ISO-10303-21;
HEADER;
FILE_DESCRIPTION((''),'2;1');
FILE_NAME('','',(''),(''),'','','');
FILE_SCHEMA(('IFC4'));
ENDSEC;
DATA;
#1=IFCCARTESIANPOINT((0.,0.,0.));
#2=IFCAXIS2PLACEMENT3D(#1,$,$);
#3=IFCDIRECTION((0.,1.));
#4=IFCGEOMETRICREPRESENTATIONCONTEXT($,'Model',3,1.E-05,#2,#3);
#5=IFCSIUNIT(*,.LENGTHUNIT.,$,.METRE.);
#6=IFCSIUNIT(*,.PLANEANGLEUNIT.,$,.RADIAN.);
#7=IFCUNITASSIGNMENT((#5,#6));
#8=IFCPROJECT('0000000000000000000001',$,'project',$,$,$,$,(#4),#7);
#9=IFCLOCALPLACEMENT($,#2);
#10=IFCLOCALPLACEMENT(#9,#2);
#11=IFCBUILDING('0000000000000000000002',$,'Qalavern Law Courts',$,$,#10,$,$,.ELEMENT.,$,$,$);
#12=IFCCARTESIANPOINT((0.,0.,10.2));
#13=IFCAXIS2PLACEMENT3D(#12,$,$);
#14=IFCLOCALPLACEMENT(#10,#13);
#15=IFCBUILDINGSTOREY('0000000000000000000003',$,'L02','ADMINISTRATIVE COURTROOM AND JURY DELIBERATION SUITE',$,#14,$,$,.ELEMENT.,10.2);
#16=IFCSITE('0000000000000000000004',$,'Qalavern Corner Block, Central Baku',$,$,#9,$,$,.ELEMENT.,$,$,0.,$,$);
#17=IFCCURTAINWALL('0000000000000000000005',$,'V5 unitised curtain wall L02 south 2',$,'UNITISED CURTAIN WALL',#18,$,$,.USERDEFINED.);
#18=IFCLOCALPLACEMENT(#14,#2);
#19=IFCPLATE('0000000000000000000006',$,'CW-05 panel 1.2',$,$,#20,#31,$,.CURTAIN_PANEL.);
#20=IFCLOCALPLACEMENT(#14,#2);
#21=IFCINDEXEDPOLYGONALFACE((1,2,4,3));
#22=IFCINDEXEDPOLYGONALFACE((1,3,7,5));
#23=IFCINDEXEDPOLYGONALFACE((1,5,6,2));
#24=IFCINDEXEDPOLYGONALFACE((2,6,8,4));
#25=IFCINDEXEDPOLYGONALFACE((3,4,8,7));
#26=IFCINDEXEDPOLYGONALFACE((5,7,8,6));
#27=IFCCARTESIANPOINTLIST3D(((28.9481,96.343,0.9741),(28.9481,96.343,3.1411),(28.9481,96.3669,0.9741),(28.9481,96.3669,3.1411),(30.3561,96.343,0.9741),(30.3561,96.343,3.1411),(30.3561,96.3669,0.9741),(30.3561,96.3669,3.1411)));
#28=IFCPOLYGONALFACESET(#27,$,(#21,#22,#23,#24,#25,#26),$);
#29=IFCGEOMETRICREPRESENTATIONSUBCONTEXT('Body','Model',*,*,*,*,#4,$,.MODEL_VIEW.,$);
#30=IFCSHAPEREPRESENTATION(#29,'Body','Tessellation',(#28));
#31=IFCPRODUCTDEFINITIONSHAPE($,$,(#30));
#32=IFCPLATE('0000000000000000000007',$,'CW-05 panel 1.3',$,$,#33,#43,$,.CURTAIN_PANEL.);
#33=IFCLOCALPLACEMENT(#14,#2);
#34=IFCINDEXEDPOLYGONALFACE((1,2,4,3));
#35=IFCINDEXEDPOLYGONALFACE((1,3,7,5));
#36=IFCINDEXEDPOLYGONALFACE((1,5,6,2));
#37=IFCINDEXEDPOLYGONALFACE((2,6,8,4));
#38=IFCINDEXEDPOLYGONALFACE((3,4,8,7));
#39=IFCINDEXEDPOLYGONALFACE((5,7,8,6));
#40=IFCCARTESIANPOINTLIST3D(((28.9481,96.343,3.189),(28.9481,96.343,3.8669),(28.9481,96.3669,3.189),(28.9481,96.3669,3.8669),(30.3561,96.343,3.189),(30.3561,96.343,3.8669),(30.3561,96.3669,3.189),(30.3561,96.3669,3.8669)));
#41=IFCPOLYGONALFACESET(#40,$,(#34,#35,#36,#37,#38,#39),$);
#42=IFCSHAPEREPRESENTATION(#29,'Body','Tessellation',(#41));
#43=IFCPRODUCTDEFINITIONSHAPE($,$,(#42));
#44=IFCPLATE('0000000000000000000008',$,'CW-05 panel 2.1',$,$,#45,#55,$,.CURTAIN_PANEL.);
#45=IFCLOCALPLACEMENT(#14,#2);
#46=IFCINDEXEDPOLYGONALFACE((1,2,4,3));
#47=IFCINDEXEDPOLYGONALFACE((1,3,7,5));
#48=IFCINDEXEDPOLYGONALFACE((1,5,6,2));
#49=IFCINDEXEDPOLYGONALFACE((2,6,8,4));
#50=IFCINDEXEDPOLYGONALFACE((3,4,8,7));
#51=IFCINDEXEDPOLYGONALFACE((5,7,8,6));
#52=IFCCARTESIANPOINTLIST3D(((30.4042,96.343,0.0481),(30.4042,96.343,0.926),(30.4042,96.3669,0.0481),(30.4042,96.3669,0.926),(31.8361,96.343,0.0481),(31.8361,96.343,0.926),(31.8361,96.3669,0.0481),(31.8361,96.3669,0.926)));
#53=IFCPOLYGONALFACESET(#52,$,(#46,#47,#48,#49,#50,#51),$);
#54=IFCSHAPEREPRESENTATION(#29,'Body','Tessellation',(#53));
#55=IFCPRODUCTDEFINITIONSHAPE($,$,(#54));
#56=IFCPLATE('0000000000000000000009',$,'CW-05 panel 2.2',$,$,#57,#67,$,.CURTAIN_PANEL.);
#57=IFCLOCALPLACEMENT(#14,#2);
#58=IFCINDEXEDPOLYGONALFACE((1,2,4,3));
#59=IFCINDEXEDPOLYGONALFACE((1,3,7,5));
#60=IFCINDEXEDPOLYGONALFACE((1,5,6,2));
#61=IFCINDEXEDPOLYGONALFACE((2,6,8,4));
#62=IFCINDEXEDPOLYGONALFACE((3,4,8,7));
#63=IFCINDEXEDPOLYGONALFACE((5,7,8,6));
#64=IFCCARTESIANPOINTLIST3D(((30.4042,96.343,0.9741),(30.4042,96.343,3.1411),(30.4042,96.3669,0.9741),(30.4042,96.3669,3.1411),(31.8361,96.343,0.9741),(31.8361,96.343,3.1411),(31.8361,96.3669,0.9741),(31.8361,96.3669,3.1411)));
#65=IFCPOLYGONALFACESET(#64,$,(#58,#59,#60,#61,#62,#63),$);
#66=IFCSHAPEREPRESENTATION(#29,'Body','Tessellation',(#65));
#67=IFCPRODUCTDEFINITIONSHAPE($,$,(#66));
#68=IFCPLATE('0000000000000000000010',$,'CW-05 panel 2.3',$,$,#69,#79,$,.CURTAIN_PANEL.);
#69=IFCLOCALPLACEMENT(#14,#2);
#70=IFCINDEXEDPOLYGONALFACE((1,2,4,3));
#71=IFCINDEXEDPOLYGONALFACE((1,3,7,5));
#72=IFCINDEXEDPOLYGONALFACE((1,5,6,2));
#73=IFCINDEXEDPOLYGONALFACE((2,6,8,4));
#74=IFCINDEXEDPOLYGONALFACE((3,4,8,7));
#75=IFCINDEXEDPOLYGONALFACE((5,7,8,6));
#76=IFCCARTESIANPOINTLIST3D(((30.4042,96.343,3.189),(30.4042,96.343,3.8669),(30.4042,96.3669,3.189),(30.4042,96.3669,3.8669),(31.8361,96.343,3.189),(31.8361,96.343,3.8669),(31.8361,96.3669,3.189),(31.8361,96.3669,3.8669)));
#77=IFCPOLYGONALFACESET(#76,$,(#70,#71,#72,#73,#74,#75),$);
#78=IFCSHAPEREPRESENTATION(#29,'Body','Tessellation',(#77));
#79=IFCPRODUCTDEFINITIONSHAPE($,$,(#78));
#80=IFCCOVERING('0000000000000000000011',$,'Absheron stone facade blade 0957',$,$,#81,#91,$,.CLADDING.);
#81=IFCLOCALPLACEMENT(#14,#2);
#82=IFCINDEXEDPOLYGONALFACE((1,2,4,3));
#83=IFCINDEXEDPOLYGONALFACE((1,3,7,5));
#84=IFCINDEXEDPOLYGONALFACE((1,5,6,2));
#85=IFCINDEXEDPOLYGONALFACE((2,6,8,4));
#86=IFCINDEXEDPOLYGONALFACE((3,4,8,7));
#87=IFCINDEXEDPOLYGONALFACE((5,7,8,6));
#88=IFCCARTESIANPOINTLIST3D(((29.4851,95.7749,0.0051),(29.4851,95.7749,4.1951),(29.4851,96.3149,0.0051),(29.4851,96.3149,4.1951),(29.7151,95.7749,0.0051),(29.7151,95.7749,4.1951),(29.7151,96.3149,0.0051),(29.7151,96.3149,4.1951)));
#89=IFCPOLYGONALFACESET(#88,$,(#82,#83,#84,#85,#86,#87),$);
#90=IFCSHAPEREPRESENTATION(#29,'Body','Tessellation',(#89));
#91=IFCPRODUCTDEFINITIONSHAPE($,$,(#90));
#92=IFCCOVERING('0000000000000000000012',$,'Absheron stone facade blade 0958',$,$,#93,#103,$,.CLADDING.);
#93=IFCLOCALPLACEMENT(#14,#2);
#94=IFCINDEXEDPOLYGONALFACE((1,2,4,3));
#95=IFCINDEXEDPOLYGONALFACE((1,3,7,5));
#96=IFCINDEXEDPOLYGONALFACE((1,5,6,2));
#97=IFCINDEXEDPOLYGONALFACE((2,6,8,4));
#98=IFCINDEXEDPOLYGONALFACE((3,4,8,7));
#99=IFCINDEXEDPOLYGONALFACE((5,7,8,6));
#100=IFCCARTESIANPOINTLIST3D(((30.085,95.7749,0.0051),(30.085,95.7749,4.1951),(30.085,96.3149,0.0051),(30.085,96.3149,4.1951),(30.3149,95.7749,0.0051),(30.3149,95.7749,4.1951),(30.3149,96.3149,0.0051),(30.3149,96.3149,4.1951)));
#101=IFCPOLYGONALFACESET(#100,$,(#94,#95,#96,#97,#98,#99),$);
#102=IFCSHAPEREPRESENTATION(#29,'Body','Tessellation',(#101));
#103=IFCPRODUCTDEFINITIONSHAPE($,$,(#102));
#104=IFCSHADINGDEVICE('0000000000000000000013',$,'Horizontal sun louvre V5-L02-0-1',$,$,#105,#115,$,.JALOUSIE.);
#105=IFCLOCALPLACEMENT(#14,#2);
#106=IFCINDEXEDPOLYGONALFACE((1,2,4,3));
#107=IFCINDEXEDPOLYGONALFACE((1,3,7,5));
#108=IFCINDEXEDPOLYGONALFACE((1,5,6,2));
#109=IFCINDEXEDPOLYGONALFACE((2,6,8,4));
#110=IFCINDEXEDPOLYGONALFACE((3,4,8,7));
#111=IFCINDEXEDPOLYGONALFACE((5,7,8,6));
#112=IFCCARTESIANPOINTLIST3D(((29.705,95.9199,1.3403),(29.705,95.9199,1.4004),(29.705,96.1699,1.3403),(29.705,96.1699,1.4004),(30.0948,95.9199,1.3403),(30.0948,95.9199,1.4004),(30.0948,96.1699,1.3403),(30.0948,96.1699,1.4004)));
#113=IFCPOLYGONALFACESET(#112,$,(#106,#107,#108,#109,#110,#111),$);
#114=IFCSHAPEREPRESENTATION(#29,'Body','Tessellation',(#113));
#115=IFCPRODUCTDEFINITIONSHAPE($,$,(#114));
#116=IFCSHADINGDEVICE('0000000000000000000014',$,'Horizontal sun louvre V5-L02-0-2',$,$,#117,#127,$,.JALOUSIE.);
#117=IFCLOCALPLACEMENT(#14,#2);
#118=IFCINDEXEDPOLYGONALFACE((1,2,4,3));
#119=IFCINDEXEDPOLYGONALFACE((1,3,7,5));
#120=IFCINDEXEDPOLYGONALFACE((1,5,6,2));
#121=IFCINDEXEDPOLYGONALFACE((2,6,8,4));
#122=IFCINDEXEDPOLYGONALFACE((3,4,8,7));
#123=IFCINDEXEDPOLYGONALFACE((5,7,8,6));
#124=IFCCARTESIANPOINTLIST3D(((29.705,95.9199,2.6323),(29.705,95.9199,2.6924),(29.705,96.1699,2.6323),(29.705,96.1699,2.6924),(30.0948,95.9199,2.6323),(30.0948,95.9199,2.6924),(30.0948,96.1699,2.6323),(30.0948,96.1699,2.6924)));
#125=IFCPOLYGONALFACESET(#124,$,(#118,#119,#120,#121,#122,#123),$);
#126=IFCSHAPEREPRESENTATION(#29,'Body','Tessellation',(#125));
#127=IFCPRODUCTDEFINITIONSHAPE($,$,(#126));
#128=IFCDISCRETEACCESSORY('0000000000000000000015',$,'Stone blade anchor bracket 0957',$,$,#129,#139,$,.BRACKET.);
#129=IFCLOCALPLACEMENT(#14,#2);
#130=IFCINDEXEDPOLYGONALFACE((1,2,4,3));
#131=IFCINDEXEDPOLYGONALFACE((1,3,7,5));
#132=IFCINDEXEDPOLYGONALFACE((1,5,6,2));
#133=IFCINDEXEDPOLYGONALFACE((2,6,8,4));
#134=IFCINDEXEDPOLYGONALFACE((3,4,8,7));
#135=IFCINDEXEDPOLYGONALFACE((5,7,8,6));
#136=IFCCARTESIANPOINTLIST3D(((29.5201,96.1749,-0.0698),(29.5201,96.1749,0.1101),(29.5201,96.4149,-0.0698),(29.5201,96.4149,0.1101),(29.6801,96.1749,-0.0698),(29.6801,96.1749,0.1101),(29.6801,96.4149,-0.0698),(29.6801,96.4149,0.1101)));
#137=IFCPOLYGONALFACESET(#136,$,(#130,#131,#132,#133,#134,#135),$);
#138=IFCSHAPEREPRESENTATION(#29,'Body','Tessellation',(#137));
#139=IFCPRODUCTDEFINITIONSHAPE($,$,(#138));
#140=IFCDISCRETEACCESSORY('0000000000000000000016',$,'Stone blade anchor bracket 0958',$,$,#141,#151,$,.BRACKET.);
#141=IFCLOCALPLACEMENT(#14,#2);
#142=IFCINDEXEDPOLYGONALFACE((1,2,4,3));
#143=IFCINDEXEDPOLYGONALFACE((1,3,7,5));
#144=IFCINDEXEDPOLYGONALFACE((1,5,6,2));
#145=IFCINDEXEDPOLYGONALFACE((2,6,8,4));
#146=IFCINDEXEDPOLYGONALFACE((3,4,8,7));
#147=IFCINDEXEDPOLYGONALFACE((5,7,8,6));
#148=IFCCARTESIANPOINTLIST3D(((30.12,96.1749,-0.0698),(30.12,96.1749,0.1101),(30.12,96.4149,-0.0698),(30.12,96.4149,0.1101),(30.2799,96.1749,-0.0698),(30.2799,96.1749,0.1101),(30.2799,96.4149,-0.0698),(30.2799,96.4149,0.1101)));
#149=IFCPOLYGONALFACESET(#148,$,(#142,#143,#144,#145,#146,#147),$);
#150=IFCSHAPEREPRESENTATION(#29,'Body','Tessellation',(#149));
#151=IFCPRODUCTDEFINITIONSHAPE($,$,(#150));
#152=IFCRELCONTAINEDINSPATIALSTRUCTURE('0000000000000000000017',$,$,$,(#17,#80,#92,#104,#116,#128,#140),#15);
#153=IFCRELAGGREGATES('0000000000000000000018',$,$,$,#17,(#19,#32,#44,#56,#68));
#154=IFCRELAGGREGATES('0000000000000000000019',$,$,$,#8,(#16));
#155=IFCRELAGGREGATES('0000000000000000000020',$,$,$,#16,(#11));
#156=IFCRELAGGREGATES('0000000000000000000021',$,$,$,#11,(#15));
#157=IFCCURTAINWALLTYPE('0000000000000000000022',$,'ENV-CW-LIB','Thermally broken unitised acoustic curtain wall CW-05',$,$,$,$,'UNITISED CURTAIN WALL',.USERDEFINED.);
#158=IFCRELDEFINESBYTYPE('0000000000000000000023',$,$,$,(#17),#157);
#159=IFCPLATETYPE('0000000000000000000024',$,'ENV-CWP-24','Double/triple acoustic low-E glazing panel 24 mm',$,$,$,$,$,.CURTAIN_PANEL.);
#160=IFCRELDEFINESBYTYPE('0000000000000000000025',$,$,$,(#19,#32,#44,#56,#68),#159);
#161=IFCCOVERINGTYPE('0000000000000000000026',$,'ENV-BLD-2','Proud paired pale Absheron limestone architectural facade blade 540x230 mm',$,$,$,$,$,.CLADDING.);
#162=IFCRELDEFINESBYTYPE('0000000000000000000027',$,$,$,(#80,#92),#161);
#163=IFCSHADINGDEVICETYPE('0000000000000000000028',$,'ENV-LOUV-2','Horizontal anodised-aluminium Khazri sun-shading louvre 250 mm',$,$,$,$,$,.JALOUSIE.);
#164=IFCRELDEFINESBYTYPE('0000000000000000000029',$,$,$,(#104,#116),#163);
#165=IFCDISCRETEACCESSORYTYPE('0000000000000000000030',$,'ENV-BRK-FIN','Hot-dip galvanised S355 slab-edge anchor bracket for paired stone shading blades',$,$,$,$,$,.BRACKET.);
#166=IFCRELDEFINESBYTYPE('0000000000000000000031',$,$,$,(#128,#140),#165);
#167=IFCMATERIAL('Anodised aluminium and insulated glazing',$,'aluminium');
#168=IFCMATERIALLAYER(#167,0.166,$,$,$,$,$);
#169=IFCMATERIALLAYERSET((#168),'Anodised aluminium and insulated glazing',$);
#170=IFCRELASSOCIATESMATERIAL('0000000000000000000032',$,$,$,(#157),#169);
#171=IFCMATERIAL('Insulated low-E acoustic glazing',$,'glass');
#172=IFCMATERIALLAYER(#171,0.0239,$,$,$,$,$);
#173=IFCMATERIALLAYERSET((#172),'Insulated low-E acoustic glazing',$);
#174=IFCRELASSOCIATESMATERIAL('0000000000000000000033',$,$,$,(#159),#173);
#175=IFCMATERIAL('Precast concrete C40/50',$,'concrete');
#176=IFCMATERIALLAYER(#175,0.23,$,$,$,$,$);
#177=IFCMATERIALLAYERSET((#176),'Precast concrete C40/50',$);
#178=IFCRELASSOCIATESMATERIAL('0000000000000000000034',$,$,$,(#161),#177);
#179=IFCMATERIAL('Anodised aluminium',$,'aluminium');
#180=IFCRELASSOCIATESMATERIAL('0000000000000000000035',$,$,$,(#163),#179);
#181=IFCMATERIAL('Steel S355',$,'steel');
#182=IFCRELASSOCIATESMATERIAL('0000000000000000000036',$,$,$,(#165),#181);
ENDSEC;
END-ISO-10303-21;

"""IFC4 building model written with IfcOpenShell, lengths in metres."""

from ifc_helpers import new_model, si_unit, direction, frame, origin, origin_2d, place, context, subcontext, project, spatial, rectangle, extrude, material, layer, layer_set, type_object, element, aggregate, save


model = new_model("IFC4")

# Units and contexts
model_context = context("Model", 3, precision=1e-05, world=origin(), true_north=direction((0.0, 1.0)))
body_context = subcontext(model_context, "Body", "Model", "MODEL_VIEW")
ifc_project = project(units=[si_unit("LENGTHUNIT", "METRE"), si_unit("PLANEANGLEUNIT", "RADIAN")], contexts=[model_context])

# Site, building, storey
site_placement = place(None, origin())
site = spatial("IfcSite", under=ifc_project, at=site_placement, Name="Qalavern Corner Block, Central Baku", CompositionType="ELEMENT", RefElevation=0.0)
building_placement = place(site_placement, origin())
building = spatial("IfcBuilding", under=site, at=building_placement, Name="Qalavern Law Courts", CompositionType="ELEMENT")
storey_placement = place(building_placement, frame((0.0, 0.0, 10.2)))
storey = spatial("IfcBuildingStorey", under=building, at=storey_placement, Name="L02", Description="ADMINISTRATIVE COURTROOM AND JURY DELIBERATION SUITE", CompositionType="ELEMENT", Elevation=10.2)

# Curtain wall, plates
ifc_material_1 = material(Name="Anodised aluminium and insulated glazing", Category="aluminium")
ifc_layer_1 = layer(ifc_material_1, 0.166)
ifc_layer_set_1 = layer_set([ifc_layer_1], Name="Anodised aluminium and insulated glazing")
curtain_wall_type = type_object("IfcCurtainWallType", Name="ENV-CW-LIB", Description="Thermally broken unitised acoustic curtain wall CW-05", ElementType="UNITISED CURTAIN WALL", PredefinedType="USERDEFINED", material=ifc_layer_set_1)
curtain_wall_placement = place(storey_placement, origin())
curtain_wall = element("IfcCurtainWall", 1, at=curtain_wall_placement, inside=storey, type_object=curtain_wall_type, Name="V5 unitised curtain wall L02 south 2", ObjectType="UNITISED CURTAIN WALL", PredefinedType="USERDEFINED")
ifc_material_2 = material(Name="Anodised aluminium", Category="aluminium")
ifc_material_3 = material(Name="Insulated low-E acoustic glazing", Category="glass")
ifc_layer_2 = layer(ifc_material_3, 0.0239)
ifc_layer_set_2 = layer_set([ifc_layer_2], Name="Insulated low-E acoustic glazing")
plate_type = type_object("IfcPlateType", Name="ENV-CWP-24", Description="Double/triple acoustic low-E glazing panel 24 mm", PredefinedType="CURTAIN_PANEL", material=ifc_layer_set_2)
plate_1_placement = place(storey_placement, frame((29.6521, 96.355, 0.9741), z_axis=(0.0, 0.0, 1.0), x_axis=(1.0, 0.0, 0.0)))
plate_1 = element("IfcPlate", 2, at=plate_1_placement, type_object=plate_type, Name="CW-05 panel 1.2", PredefinedType="CURTAIN_PANEL", context=body_context, shape_type="SweptSolid", body=[
    extrude(rectangle(XDim=1.408, YDim=0.0239, at=origin_2d()), origin(), (0.0, 0.0, 1.0), 2.167),
])
plate_2_placement = place(storey_placement, frame((29.6521, 96.355, 3.189), z_axis=(0.0, 0.0, 1.0), x_axis=(1.0, 0.0, 0.0)))
plate_2 = element("IfcPlate", 3, at=plate_2_placement, type_object=plate_type, Name="CW-05 panel 1.3", PredefinedType="CURTAIN_PANEL", context=body_context, shape_type="SweptSolid", body=[
    extrude(rectangle(XDim=1.408, YDim=0.0239, at=origin_2d()), origin(), (0.0, 0.0, 1.0), 0.678),
])
plate_3_placement = place(storey_placement, frame((31.1201, 96.355, 0.0481), z_axis=(0.0, 0.0, 1.0), x_axis=(1.0, 0.0, 0.0)))
plate_3 = element("IfcPlate", 4, at=plate_3_placement, type_object=plate_type, Name="CW-05 panel 2.1", PredefinedType="CURTAIN_PANEL", context=body_context, shape_type="SweptSolid", body=[
    extrude(rectangle(XDim=1.4319, YDim=0.0239, at=origin_2d()), origin(), (0.0, 0.0, 1.0), 0.8779),
])
plate_4_placement = place(storey_placement, frame((31.1201, 96.355, 0.9741), z_axis=(0.0, 0.0, 1.0), x_axis=(1.0, 0.0, 0.0)))
plate_4 = element("IfcPlate", 5, at=plate_4_placement, type_object=plate_type, Name="CW-05 panel 2.2", PredefinedType="CURTAIN_PANEL", context=body_context, shape_type="SweptSolid", body=[
    extrude(rectangle(XDim=1.4319, YDim=0.0239, at=origin_2d()), origin(), (0.0, 0.0, 1.0), 2.167),
])
plate_5_placement = place(storey_placement, frame((31.1201, 96.355, 3.189), z_axis=(0.0, 0.0, 1.0), x_axis=(1.0, 0.0, 0.0)))
plate_5 = element("IfcPlate", 6, at=plate_5_placement, type_object=plate_type, Name="CW-05 panel 2.3", PredefinedType="CURTAIN_PANEL", context=body_context, shape_type="SweptSolid", body=[
    extrude(rectangle(XDim=1.4319, YDim=0.0239, at=origin_2d()), origin(), (0.0, 0.0, 1.0), 0.678),
])
aggregate(curtain_wall, [plate_1, plate_2, plate_3, plate_4, plate_5])

# Coverings
ifc_material_4 = material(Name="Precast concrete C40/50", Category="concrete")
ifc_layer_3 = layer(ifc_material_4, 0.23)
ifc_layer_set_3 = layer_set([ifc_layer_3], Name="Precast concrete C40/50")
covering_type = type_object("IfcCoveringType", Name="ENV-BLD-2", Description="Proud paired pale Absheron limestone architectural facade blade 540x230 mm", PredefinedType="CLADDING", material=ifc_layer_set_3)
for number, where, z_axis, x_axis, name in (
    (7, (29.6001, 96.0449, 0.0051), (0.0, 0.0, 1.0), (0.0, -1.0, 0.0), "Absheron stone facade blade 0957"),
    (8, (30.2, 96.0449, 0.0051), (0.0, 0.0, 1.0), (0.0, -1.0, 0.0), "Absheron stone facade blade 0958"),
):
    element("IfcCovering", number, at=place(storey_placement, frame(where, z_axis=z_axis, x_axis=x_axis)), inside=storey, type_object=covering_type, Name=name, PredefinedType="CLADDING", context=body_context, shape_type="SweptSolid", body=[
        extrude(rectangle(XDim=0.54, YDim=0.23, at=origin_2d()), origin(), (0.0, 0.0, 1.0), 4.1899),
    ])

# Shading devices
shading_device_type = type_object("IfcShadingDeviceType", Name="ENV-LOUV-2", Description="Horizontal anodised-aluminium Khazri sun-shading louvre 250 mm", PredefinedType="JALOUSIE", material=ifc_material_2)
for number, where, z_axis, x_axis, name in (
    (9, (29.8999, 96.0449, 1.3403), (0.0, 0.0, 1.0), (1.0, 0.0, 0.0), "Horizontal sun louvre V5-L02-0-1"),
    (10, (29.8999, 96.0449, 2.6323), (0.0, 0.0, 1.0), (1.0, 0.0, 0.0), "Horizontal sun louvre V5-L02-0-2"),
):
    element("IfcShadingDevice", number, at=place(storey_placement, frame(where, z_axis=z_axis, x_axis=x_axis)), inside=storey, type_object=shading_device_type, Name=name, PredefinedType="JALOUSIE", context=body_context, shape_type="SweptSolid", body=[
        extrude(rectangle(XDim=0.3899, YDim=0.25, at=origin_2d()), origin(), (0.0, 0.0, 1.0), 0.0601),
    ])

# Discrete accessories
ifc_material_5 = material(Name="Steel S355", Category="steel")
discrete_accessory_type = type_object("IfcDiscreteAccessoryType", Name="ENV-BRK-FIN", Description="Hot-dip galvanised S355 slab-edge anchor bracket for paired stone shading blades", PredefinedType="BRACKET", material=ifc_material_5)
for number, where, z_axis, x_axis, name in (
    (11, (29.6001, 96.2949, -0.0698), (0.0, 0.0, 1.0), (0.0, -1.0, 0.0), "Stone blade anchor bracket 0957"),
    (12, (30.2, 96.2949, -0.0698), (0.0, 0.0, 1.0), (0.0, -1.0, 0.0), "Stone blade anchor bracket 0958"),
):
    element("IfcDiscreteAccessory", number, at=place(storey_placement, frame(where, z_axis=z_axis, x_axis=x_axis)), inside=storey, type_object=discrete_accessory_type, Name=name, PredefinedType="BRACKET", context=body_context, shape_type="SweptSolid", body=[
        extrude(rectangle(XDim=0.24, YDim=0.1599, at=origin_2d()), origin(), (0.0, 0.0, 1.0), 0.1799),
    ])

save(model, "model.ifc")
